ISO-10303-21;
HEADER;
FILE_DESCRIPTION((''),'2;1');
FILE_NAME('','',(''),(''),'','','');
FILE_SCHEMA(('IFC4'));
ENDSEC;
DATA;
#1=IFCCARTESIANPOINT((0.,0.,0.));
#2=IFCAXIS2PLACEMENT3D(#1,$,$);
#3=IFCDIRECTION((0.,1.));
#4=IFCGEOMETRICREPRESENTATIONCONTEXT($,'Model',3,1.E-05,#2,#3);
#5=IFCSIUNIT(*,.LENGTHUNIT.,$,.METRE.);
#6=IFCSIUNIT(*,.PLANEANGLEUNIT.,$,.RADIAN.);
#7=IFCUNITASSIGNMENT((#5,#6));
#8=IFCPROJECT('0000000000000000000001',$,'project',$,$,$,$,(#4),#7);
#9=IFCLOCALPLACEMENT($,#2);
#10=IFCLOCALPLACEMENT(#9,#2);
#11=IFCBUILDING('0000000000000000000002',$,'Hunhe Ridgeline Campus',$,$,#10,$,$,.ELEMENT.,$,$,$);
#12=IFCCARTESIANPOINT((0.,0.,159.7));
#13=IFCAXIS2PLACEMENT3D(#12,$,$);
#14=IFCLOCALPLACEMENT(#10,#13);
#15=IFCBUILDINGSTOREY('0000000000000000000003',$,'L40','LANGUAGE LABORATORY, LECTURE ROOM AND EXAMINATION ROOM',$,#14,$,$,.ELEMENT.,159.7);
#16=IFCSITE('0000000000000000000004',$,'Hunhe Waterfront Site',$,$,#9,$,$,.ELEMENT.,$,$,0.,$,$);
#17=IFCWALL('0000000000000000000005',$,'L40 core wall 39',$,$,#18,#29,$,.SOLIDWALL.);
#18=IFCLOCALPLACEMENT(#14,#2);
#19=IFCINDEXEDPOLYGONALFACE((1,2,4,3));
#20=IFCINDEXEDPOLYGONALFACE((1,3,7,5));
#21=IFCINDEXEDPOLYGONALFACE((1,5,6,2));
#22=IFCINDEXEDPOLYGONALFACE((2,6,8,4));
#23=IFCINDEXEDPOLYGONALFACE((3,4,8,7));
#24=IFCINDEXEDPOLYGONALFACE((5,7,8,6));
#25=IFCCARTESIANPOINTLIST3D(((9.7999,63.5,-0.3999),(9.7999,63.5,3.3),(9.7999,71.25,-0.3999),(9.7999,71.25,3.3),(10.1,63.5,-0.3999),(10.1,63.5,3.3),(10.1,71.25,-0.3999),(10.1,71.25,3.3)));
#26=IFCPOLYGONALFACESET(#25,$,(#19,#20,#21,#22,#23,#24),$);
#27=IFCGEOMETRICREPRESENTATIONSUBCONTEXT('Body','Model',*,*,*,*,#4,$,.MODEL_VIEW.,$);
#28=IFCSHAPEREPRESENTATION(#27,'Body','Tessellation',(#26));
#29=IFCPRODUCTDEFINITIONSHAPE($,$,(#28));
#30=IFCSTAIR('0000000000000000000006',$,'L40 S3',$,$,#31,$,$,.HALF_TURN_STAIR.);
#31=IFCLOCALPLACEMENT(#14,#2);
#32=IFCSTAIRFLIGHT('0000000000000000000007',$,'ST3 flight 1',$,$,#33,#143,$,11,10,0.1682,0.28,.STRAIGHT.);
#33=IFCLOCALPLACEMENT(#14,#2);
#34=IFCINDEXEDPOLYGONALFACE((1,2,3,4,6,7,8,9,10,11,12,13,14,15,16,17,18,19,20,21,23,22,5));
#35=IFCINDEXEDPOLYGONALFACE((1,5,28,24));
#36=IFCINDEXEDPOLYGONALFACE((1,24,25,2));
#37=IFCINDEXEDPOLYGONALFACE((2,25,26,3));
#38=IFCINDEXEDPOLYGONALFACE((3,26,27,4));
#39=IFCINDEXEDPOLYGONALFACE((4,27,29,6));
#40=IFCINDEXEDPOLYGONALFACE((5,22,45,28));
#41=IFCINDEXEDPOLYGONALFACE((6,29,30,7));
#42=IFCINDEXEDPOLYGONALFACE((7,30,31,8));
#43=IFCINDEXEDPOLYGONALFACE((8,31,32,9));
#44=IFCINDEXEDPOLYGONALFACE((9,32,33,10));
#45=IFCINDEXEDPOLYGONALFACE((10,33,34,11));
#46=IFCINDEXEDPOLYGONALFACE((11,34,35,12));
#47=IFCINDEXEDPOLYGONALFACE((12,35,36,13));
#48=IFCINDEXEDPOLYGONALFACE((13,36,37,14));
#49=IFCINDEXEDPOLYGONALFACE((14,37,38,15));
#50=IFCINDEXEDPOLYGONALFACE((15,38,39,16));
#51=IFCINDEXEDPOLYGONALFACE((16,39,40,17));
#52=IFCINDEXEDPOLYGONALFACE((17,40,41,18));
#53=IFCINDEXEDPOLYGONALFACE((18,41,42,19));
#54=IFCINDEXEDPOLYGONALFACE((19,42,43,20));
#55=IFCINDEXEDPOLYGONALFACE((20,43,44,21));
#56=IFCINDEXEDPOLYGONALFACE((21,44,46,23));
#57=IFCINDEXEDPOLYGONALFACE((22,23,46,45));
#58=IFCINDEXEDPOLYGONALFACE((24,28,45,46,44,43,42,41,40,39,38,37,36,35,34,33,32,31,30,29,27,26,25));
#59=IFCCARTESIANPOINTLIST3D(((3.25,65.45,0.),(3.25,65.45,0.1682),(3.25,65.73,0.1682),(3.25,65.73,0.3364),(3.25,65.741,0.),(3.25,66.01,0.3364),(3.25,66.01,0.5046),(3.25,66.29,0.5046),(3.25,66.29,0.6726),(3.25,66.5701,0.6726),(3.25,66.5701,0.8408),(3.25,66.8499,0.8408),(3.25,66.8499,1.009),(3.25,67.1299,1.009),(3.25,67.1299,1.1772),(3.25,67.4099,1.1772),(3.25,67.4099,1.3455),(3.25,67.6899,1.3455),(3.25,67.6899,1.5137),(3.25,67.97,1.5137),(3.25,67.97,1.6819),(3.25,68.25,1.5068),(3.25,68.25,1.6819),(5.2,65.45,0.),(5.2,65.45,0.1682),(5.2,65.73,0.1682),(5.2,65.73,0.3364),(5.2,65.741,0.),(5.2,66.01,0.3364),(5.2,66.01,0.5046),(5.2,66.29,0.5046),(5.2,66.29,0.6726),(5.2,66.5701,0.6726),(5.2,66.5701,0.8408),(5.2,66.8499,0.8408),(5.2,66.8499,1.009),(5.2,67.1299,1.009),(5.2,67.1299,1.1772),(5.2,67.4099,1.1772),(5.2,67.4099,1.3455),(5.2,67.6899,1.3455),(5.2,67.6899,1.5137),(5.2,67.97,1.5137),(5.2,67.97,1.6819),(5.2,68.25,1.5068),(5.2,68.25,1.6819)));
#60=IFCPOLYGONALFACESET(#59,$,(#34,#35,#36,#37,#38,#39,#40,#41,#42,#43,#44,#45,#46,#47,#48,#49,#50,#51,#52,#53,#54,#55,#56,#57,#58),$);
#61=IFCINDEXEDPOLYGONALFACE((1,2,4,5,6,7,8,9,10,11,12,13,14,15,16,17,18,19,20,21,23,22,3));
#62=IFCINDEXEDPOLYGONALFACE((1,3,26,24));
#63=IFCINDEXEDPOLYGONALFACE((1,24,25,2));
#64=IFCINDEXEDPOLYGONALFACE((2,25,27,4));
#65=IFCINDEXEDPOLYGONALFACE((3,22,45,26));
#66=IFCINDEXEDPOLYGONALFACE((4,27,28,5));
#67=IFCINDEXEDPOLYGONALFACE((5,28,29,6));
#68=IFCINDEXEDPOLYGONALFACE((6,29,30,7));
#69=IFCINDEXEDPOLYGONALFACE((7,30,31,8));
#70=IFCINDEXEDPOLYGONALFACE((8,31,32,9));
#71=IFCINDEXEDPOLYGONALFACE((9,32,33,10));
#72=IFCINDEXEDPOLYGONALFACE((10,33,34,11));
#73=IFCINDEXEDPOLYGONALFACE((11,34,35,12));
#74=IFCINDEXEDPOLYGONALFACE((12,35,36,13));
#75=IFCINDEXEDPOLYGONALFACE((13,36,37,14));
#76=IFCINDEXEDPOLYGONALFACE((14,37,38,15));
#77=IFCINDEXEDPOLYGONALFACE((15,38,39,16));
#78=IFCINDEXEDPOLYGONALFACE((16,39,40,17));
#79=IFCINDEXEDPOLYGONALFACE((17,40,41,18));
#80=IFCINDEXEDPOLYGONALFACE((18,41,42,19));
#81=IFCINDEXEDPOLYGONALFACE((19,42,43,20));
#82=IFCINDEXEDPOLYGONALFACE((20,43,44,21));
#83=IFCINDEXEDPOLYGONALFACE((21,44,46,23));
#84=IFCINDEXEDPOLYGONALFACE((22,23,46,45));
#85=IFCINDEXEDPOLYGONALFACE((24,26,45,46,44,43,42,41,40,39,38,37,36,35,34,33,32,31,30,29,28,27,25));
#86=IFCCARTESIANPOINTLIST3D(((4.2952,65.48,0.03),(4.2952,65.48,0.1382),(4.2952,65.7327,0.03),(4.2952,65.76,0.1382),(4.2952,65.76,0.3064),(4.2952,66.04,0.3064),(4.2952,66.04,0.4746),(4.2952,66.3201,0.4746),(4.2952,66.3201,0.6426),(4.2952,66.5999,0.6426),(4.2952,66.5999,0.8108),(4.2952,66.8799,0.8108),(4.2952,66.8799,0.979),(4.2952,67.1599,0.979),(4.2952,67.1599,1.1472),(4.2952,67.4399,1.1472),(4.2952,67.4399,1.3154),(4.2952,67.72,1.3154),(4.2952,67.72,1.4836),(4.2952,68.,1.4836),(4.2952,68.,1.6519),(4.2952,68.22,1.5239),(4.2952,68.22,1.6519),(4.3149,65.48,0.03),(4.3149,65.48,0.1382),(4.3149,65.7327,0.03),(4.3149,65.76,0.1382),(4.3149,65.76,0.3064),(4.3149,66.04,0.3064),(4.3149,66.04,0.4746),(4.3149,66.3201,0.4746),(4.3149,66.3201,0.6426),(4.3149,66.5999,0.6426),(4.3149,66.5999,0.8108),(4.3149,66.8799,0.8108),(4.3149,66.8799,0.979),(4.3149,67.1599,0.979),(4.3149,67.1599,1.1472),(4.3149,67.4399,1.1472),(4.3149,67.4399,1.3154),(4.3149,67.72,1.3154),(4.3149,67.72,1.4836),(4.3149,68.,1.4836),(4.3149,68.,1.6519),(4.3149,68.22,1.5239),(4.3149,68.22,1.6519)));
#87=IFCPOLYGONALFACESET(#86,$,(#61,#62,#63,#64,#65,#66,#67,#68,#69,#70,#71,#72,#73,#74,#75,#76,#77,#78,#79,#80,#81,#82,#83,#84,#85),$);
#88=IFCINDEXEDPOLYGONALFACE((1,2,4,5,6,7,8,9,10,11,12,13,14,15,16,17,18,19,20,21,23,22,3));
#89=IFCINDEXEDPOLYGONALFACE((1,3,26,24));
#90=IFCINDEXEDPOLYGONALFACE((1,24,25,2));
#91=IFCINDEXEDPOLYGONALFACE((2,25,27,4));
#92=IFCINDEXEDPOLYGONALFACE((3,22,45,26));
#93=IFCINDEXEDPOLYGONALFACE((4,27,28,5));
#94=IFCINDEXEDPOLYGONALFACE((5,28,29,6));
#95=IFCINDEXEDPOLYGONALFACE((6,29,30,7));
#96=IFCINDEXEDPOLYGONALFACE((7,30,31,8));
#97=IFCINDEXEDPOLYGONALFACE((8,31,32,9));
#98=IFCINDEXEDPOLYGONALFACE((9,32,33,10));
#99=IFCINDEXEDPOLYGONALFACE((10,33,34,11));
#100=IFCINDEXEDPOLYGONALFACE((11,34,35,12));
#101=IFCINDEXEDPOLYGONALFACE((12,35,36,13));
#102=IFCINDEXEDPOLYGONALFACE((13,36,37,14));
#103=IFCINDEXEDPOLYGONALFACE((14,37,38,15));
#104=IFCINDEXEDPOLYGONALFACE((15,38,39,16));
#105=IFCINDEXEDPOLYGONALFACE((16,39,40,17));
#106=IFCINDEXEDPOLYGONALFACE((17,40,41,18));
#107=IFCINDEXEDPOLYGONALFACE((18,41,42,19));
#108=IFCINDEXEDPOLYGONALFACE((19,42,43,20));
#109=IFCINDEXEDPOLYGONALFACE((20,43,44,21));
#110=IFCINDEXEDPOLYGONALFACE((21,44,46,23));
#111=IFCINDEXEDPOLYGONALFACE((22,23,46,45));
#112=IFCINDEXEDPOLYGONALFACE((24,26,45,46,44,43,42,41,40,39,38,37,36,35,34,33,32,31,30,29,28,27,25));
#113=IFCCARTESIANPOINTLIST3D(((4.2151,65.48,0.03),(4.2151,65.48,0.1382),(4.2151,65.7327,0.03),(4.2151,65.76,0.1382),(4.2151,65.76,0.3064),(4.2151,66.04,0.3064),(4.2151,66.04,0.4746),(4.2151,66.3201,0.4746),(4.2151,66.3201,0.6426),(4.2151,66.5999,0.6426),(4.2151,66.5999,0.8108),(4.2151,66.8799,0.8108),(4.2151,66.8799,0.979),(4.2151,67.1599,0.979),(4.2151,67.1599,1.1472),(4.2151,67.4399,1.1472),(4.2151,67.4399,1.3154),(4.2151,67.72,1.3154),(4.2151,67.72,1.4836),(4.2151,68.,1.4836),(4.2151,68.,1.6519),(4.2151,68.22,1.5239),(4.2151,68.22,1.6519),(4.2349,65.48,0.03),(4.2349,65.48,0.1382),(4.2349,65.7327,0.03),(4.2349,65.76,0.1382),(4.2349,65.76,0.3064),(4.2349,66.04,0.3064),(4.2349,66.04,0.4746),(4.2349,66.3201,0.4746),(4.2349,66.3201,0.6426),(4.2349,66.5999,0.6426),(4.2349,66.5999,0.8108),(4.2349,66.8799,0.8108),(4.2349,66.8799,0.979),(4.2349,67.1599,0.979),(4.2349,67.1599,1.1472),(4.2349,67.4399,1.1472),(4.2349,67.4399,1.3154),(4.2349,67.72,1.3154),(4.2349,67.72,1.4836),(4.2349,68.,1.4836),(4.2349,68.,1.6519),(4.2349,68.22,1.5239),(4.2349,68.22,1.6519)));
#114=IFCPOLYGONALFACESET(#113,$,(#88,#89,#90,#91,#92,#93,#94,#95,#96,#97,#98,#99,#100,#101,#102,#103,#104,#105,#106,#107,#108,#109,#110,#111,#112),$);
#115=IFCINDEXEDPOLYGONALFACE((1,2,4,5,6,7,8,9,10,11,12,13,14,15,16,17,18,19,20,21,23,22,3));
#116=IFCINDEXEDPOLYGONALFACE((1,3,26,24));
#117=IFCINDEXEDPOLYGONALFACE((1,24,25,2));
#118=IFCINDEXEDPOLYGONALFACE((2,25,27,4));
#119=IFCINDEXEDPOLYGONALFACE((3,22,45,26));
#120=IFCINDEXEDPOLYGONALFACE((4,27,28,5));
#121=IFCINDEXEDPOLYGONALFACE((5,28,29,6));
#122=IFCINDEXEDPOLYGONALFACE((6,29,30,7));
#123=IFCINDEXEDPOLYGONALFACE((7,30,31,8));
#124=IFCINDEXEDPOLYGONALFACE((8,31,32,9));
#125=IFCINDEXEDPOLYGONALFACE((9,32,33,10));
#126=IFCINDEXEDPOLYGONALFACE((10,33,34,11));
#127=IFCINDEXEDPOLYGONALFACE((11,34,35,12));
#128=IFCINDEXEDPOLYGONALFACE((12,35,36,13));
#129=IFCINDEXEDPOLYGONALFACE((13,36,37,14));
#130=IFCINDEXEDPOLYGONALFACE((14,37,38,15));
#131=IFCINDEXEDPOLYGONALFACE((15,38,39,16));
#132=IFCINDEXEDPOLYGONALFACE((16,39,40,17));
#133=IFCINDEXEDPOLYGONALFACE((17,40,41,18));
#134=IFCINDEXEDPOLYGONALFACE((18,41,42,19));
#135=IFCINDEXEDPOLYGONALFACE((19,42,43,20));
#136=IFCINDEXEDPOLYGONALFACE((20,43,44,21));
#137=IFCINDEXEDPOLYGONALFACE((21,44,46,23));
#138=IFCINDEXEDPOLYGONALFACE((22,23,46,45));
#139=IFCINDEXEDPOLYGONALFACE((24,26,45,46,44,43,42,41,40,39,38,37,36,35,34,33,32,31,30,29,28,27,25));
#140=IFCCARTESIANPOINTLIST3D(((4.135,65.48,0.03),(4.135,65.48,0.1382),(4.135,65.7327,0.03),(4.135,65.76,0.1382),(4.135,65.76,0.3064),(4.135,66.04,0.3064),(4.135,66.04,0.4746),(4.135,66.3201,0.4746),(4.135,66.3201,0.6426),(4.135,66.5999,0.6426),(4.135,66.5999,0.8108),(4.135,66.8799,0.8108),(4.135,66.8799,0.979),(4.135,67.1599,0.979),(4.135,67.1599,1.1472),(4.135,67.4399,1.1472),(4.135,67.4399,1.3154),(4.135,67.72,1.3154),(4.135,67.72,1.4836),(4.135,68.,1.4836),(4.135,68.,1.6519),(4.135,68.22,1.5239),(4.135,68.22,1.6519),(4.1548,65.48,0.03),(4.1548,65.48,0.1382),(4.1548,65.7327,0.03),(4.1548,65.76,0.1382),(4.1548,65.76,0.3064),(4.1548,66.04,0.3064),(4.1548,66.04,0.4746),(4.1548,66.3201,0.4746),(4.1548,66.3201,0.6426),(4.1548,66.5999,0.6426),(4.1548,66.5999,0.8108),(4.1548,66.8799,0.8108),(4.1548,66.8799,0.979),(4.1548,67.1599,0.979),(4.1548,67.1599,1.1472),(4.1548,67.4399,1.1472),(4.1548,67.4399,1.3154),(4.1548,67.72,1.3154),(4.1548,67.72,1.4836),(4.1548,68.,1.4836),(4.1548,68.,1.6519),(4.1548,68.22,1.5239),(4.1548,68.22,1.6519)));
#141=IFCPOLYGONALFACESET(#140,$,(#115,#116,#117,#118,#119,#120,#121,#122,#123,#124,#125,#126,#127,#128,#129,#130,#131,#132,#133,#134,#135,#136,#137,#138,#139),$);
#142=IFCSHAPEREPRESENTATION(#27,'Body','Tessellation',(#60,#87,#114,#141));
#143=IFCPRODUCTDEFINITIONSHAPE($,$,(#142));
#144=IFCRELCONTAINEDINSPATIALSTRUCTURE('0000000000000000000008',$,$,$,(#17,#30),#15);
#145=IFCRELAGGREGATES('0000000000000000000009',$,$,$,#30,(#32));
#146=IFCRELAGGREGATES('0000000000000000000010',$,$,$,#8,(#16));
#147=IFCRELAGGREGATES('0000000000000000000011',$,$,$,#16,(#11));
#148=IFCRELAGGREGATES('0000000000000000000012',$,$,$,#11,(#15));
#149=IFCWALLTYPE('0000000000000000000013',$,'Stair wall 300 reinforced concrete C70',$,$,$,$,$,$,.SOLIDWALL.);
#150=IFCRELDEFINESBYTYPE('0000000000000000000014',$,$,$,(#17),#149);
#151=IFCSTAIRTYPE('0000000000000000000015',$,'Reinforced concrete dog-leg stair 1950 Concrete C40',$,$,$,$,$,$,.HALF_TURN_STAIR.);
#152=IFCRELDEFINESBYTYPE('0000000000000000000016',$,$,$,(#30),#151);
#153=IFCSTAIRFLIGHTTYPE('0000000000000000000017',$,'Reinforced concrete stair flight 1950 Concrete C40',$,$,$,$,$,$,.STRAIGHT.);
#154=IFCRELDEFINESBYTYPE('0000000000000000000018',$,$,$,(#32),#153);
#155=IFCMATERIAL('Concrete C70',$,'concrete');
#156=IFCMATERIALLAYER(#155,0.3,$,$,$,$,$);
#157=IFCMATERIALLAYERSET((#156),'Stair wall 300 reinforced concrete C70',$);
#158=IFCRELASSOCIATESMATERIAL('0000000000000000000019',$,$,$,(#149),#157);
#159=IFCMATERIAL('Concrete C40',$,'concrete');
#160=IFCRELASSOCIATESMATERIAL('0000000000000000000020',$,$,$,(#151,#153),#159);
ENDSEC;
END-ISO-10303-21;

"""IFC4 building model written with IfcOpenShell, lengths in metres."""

from ifc_helpers import new_model, si_unit, direction, frame, frame_2d, origin, place, context, subcontext, project, spatial, polyline, rectangle, outline, extrude, material, layer, layer_set, type_object, element, aggregate, save


model = new_model("IFC4")

# Units and contexts
model_context = context("Model", 3, precision=1e-05, world=origin(), true_north=direction((0.0, 1.0)))
body_context = subcontext(model_context, "Body", "Model", "MODEL_VIEW")
ifc_project = project(units=[si_unit("LENGTHUNIT", "METRE"), si_unit("PLANEANGLEUNIT", "RADIAN")], contexts=[model_context])

# Site, building, storey
site_placement = place(None, origin())
site = spatial("IfcSite", under=ifc_project, at=site_placement, Name="Hunhe Waterfront Site", CompositionType="ELEMENT", RefElevation=0.0)
building_placement = place(site_placement, origin())
building = spatial("IfcBuilding", under=site, at=building_placement, Name="Hunhe Ridgeline Campus", CompositionType="ELEMENT")
storey_placement = place(building_placement, frame((0.0, 0.0, 159.7)))
storey = spatial("IfcBuildingStorey", under=building, at=storey_placement, Name="L40", Description="LANGUAGE LABORATORY, LECTURE ROOM AND EXAMINATION ROOM", CompositionType="ELEMENT", Elevation=159.7)

# Shared definitions
ifc_material_1 = material(Name="Concrete C70", Category="concrete")

# Shared definitions
ifc_layer_1 = layer(ifc_material_1, 0.3)
ifc_layer_set_1 = layer_set([ifc_layer_1], Name="Stair wall 300 reinforced concrete C70")
wall_type_1 = type_object("IfcWallType", Name="Stair wall 300 reinforced concrete C70", PredefinedType="SOLIDWALL", material=ifc_layer_set_1)

# Wall
wall_1_placement = place(storey_placement, frame((9.95, 63.5, -0.3999), z_axis=(0.0, 0.0, 1.0), x_axis=(0.0, 1.0, 0.0)))
element("IfcWall", 1, at=wall_1_placement, inside=storey, type_object=wall_type_1, Name="L40 core wall 39", PredefinedType="SOLIDWALL", context=body_context, shape_type="SweptSolid", body=[
    extrude(rectangle(XDim=7.75, YDim=0.3, at=frame_2d((3.875, 0.0))), origin(), (0.0, 0.0, 1.0), 3.7),
])

# Stair, stair flight
ifc_material_2 = material(Name="Concrete C40", Category="concrete")
stair_type = type_object("IfcStairType", Name="Reinforced concrete dog-leg stair 1950 Concrete C40", PredefinedType="HALF_TURN_STAIR", material=ifc_material_2)
stair_1_placement = place(storey_placement, origin())
stair_1 = element("IfcStair", 2, at=stair_1_placement, inside=storey, type_object=stair_type, Name="L40 S3", PredefinedType="HALF_TURN_STAIR")
stair_flight_type = type_object("IfcStairFlightType", Name="Reinforced concrete stair flight 1950 Concrete C40", PredefinedType="STRAIGHT", material=ifc_material_2)
stair_flight_1_placement = place(storey_placement, frame((4.2251, 65.45, 0.0), z_axis=(0.0, 0.0, 1.0), x_axis=(0.0, 1.0, 0.0)))
stair_flight_1 = element("IfcStairFlight", 3, at=stair_flight_1_placement, type_object=stair_flight_type, Name="ST3 flight 1", NumberOfRisers=11, NumberOfTreads=10, PredefinedType="STRAIGHT", RiserHeight=0.1682, TreadLength=0.28, context=body_context, shape_type="SweptSolid", body=[
    extrude(outline(polyline([(0.0, 0.0), (0.0, 0.1682), (0.28, 0.1682), (0.28, 0.3364), (0.5601, 0.3364), (0.5601, 0.5046), (0.8401, 0.5046), (0.8401, 0.6726), (1.1201, 0.6726), (1.1201, 0.8408), (1.3999, 0.8408), (1.3999, 1.009), (1.6799, 1.009), (1.6799, 1.1772), (1.96, 1.1772), (1.96, 1.3455), (2.24, 1.3455), (2.24, 1.5137), (2.52, 1.5137), (2.52, 1.6819), (2.8, 1.6819), (2.8, 1.8501), (2.8, 1.5068), (0.291, 0.0), (0.0, 0.0)])), frame((0.0, 0.9751, 0.0), z_axis=(0.0, -1.0, 0.0), x_axis=(1.0, 0.0, 0.0)), (0.0, 0.0, 1.0), 1.95),
    extrude(outline(polyline([(0.03, 0.03), (0.03, 0.1382), (0.3101, 0.1382), (0.3101, 0.3064), (0.5901, 0.3064), (0.5901, 0.4746), (0.8701, 0.4746), (0.8701, 0.6426), (1.1499, 0.6426), (1.1499, 0.8108), (1.4299, 0.8108), (1.4299, 0.979), (1.71, 0.979), (1.71, 1.1472), (1.99, 1.1472), (1.99, 1.3154), (2.27, 1.3154), (2.27, 1.4836), (2.55, 1.4836), (2.55, 1.6519), (2.77, 1.6519), (2.77, 1.5239), (0.2827, 0.03), (0.03, 0.03)])), frame((0.0, -0.0701, 0.0), z_axis=(0.0, -1.0, 0.0), x_axis=(1.0, 0.0, 0.0)), (0.0, 0.0, 1.0), 0.0198),
    extrude(outline(polyline([(0.03, 0.03), (0.03, 0.1382), (0.3101, 0.1382), (0.3101, 0.3064), (0.5901, 0.3064), (0.5901, 0.4746), (0.8701, 0.4746), (0.8701, 0.6426), (1.1499, 0.6426), (1.1499, 0.8108), (1.4299, 0.8108), (1.4299, 0.979), (1.71, 0.979), (1.71, 1.1472), (1.99, 1.1472), (1.99, 1.3154), (2.27, 1.3154), (2.27, 1.4836), (2.55, 1.4836), (2.55, 1.6519), (2.77, 1.6519), (2.77, 1.5239), (0.2827, 0.03), (0.03, 0.03)])), frame((0.0, 0.01, 0.0), z_axis=(0.0, -1.0, 0.0), x_axis=(1.0, 0.0, 0.0)), (0.0, 0.0, 1.0), 0.0198),
    extrude(outline(polyline([(0.03, 0.03), (0.03, 0.1382), (0.3101, 0.1382), (0.3101, 0.3064), (0.5901, 0.3064), (0.5901, 0.4746), (0.8701, 0.4746), (0.8701, 0.6426), (1.1499, 0.6426), (1.1499, 0.8108), (1.4299, 0.8108), (1.4299, 0.979), (1.71, 0.979), (1.71, 1.1472), (1.99, 1.1472), (1.99, 1.3154), (2.27, 1.3154), (2.27, 1.4836), (2.55, 1.4836), (2.55, 1.6519), (2.77, 1.6519), (2.77, 1.5239), (0.2827, 0.03), (0.03, 0.03)])), frame((0.0, 0.0901, 0.0), z_axis=(0.0, -1.0, 0.0), x_axis=(1.0, 0.0, 0.0)), (0.0, 0.0, 1.0), 0.0198),
])
aggregate(stair_1, [stair_flight_1])

save(model, "model.ifc")
